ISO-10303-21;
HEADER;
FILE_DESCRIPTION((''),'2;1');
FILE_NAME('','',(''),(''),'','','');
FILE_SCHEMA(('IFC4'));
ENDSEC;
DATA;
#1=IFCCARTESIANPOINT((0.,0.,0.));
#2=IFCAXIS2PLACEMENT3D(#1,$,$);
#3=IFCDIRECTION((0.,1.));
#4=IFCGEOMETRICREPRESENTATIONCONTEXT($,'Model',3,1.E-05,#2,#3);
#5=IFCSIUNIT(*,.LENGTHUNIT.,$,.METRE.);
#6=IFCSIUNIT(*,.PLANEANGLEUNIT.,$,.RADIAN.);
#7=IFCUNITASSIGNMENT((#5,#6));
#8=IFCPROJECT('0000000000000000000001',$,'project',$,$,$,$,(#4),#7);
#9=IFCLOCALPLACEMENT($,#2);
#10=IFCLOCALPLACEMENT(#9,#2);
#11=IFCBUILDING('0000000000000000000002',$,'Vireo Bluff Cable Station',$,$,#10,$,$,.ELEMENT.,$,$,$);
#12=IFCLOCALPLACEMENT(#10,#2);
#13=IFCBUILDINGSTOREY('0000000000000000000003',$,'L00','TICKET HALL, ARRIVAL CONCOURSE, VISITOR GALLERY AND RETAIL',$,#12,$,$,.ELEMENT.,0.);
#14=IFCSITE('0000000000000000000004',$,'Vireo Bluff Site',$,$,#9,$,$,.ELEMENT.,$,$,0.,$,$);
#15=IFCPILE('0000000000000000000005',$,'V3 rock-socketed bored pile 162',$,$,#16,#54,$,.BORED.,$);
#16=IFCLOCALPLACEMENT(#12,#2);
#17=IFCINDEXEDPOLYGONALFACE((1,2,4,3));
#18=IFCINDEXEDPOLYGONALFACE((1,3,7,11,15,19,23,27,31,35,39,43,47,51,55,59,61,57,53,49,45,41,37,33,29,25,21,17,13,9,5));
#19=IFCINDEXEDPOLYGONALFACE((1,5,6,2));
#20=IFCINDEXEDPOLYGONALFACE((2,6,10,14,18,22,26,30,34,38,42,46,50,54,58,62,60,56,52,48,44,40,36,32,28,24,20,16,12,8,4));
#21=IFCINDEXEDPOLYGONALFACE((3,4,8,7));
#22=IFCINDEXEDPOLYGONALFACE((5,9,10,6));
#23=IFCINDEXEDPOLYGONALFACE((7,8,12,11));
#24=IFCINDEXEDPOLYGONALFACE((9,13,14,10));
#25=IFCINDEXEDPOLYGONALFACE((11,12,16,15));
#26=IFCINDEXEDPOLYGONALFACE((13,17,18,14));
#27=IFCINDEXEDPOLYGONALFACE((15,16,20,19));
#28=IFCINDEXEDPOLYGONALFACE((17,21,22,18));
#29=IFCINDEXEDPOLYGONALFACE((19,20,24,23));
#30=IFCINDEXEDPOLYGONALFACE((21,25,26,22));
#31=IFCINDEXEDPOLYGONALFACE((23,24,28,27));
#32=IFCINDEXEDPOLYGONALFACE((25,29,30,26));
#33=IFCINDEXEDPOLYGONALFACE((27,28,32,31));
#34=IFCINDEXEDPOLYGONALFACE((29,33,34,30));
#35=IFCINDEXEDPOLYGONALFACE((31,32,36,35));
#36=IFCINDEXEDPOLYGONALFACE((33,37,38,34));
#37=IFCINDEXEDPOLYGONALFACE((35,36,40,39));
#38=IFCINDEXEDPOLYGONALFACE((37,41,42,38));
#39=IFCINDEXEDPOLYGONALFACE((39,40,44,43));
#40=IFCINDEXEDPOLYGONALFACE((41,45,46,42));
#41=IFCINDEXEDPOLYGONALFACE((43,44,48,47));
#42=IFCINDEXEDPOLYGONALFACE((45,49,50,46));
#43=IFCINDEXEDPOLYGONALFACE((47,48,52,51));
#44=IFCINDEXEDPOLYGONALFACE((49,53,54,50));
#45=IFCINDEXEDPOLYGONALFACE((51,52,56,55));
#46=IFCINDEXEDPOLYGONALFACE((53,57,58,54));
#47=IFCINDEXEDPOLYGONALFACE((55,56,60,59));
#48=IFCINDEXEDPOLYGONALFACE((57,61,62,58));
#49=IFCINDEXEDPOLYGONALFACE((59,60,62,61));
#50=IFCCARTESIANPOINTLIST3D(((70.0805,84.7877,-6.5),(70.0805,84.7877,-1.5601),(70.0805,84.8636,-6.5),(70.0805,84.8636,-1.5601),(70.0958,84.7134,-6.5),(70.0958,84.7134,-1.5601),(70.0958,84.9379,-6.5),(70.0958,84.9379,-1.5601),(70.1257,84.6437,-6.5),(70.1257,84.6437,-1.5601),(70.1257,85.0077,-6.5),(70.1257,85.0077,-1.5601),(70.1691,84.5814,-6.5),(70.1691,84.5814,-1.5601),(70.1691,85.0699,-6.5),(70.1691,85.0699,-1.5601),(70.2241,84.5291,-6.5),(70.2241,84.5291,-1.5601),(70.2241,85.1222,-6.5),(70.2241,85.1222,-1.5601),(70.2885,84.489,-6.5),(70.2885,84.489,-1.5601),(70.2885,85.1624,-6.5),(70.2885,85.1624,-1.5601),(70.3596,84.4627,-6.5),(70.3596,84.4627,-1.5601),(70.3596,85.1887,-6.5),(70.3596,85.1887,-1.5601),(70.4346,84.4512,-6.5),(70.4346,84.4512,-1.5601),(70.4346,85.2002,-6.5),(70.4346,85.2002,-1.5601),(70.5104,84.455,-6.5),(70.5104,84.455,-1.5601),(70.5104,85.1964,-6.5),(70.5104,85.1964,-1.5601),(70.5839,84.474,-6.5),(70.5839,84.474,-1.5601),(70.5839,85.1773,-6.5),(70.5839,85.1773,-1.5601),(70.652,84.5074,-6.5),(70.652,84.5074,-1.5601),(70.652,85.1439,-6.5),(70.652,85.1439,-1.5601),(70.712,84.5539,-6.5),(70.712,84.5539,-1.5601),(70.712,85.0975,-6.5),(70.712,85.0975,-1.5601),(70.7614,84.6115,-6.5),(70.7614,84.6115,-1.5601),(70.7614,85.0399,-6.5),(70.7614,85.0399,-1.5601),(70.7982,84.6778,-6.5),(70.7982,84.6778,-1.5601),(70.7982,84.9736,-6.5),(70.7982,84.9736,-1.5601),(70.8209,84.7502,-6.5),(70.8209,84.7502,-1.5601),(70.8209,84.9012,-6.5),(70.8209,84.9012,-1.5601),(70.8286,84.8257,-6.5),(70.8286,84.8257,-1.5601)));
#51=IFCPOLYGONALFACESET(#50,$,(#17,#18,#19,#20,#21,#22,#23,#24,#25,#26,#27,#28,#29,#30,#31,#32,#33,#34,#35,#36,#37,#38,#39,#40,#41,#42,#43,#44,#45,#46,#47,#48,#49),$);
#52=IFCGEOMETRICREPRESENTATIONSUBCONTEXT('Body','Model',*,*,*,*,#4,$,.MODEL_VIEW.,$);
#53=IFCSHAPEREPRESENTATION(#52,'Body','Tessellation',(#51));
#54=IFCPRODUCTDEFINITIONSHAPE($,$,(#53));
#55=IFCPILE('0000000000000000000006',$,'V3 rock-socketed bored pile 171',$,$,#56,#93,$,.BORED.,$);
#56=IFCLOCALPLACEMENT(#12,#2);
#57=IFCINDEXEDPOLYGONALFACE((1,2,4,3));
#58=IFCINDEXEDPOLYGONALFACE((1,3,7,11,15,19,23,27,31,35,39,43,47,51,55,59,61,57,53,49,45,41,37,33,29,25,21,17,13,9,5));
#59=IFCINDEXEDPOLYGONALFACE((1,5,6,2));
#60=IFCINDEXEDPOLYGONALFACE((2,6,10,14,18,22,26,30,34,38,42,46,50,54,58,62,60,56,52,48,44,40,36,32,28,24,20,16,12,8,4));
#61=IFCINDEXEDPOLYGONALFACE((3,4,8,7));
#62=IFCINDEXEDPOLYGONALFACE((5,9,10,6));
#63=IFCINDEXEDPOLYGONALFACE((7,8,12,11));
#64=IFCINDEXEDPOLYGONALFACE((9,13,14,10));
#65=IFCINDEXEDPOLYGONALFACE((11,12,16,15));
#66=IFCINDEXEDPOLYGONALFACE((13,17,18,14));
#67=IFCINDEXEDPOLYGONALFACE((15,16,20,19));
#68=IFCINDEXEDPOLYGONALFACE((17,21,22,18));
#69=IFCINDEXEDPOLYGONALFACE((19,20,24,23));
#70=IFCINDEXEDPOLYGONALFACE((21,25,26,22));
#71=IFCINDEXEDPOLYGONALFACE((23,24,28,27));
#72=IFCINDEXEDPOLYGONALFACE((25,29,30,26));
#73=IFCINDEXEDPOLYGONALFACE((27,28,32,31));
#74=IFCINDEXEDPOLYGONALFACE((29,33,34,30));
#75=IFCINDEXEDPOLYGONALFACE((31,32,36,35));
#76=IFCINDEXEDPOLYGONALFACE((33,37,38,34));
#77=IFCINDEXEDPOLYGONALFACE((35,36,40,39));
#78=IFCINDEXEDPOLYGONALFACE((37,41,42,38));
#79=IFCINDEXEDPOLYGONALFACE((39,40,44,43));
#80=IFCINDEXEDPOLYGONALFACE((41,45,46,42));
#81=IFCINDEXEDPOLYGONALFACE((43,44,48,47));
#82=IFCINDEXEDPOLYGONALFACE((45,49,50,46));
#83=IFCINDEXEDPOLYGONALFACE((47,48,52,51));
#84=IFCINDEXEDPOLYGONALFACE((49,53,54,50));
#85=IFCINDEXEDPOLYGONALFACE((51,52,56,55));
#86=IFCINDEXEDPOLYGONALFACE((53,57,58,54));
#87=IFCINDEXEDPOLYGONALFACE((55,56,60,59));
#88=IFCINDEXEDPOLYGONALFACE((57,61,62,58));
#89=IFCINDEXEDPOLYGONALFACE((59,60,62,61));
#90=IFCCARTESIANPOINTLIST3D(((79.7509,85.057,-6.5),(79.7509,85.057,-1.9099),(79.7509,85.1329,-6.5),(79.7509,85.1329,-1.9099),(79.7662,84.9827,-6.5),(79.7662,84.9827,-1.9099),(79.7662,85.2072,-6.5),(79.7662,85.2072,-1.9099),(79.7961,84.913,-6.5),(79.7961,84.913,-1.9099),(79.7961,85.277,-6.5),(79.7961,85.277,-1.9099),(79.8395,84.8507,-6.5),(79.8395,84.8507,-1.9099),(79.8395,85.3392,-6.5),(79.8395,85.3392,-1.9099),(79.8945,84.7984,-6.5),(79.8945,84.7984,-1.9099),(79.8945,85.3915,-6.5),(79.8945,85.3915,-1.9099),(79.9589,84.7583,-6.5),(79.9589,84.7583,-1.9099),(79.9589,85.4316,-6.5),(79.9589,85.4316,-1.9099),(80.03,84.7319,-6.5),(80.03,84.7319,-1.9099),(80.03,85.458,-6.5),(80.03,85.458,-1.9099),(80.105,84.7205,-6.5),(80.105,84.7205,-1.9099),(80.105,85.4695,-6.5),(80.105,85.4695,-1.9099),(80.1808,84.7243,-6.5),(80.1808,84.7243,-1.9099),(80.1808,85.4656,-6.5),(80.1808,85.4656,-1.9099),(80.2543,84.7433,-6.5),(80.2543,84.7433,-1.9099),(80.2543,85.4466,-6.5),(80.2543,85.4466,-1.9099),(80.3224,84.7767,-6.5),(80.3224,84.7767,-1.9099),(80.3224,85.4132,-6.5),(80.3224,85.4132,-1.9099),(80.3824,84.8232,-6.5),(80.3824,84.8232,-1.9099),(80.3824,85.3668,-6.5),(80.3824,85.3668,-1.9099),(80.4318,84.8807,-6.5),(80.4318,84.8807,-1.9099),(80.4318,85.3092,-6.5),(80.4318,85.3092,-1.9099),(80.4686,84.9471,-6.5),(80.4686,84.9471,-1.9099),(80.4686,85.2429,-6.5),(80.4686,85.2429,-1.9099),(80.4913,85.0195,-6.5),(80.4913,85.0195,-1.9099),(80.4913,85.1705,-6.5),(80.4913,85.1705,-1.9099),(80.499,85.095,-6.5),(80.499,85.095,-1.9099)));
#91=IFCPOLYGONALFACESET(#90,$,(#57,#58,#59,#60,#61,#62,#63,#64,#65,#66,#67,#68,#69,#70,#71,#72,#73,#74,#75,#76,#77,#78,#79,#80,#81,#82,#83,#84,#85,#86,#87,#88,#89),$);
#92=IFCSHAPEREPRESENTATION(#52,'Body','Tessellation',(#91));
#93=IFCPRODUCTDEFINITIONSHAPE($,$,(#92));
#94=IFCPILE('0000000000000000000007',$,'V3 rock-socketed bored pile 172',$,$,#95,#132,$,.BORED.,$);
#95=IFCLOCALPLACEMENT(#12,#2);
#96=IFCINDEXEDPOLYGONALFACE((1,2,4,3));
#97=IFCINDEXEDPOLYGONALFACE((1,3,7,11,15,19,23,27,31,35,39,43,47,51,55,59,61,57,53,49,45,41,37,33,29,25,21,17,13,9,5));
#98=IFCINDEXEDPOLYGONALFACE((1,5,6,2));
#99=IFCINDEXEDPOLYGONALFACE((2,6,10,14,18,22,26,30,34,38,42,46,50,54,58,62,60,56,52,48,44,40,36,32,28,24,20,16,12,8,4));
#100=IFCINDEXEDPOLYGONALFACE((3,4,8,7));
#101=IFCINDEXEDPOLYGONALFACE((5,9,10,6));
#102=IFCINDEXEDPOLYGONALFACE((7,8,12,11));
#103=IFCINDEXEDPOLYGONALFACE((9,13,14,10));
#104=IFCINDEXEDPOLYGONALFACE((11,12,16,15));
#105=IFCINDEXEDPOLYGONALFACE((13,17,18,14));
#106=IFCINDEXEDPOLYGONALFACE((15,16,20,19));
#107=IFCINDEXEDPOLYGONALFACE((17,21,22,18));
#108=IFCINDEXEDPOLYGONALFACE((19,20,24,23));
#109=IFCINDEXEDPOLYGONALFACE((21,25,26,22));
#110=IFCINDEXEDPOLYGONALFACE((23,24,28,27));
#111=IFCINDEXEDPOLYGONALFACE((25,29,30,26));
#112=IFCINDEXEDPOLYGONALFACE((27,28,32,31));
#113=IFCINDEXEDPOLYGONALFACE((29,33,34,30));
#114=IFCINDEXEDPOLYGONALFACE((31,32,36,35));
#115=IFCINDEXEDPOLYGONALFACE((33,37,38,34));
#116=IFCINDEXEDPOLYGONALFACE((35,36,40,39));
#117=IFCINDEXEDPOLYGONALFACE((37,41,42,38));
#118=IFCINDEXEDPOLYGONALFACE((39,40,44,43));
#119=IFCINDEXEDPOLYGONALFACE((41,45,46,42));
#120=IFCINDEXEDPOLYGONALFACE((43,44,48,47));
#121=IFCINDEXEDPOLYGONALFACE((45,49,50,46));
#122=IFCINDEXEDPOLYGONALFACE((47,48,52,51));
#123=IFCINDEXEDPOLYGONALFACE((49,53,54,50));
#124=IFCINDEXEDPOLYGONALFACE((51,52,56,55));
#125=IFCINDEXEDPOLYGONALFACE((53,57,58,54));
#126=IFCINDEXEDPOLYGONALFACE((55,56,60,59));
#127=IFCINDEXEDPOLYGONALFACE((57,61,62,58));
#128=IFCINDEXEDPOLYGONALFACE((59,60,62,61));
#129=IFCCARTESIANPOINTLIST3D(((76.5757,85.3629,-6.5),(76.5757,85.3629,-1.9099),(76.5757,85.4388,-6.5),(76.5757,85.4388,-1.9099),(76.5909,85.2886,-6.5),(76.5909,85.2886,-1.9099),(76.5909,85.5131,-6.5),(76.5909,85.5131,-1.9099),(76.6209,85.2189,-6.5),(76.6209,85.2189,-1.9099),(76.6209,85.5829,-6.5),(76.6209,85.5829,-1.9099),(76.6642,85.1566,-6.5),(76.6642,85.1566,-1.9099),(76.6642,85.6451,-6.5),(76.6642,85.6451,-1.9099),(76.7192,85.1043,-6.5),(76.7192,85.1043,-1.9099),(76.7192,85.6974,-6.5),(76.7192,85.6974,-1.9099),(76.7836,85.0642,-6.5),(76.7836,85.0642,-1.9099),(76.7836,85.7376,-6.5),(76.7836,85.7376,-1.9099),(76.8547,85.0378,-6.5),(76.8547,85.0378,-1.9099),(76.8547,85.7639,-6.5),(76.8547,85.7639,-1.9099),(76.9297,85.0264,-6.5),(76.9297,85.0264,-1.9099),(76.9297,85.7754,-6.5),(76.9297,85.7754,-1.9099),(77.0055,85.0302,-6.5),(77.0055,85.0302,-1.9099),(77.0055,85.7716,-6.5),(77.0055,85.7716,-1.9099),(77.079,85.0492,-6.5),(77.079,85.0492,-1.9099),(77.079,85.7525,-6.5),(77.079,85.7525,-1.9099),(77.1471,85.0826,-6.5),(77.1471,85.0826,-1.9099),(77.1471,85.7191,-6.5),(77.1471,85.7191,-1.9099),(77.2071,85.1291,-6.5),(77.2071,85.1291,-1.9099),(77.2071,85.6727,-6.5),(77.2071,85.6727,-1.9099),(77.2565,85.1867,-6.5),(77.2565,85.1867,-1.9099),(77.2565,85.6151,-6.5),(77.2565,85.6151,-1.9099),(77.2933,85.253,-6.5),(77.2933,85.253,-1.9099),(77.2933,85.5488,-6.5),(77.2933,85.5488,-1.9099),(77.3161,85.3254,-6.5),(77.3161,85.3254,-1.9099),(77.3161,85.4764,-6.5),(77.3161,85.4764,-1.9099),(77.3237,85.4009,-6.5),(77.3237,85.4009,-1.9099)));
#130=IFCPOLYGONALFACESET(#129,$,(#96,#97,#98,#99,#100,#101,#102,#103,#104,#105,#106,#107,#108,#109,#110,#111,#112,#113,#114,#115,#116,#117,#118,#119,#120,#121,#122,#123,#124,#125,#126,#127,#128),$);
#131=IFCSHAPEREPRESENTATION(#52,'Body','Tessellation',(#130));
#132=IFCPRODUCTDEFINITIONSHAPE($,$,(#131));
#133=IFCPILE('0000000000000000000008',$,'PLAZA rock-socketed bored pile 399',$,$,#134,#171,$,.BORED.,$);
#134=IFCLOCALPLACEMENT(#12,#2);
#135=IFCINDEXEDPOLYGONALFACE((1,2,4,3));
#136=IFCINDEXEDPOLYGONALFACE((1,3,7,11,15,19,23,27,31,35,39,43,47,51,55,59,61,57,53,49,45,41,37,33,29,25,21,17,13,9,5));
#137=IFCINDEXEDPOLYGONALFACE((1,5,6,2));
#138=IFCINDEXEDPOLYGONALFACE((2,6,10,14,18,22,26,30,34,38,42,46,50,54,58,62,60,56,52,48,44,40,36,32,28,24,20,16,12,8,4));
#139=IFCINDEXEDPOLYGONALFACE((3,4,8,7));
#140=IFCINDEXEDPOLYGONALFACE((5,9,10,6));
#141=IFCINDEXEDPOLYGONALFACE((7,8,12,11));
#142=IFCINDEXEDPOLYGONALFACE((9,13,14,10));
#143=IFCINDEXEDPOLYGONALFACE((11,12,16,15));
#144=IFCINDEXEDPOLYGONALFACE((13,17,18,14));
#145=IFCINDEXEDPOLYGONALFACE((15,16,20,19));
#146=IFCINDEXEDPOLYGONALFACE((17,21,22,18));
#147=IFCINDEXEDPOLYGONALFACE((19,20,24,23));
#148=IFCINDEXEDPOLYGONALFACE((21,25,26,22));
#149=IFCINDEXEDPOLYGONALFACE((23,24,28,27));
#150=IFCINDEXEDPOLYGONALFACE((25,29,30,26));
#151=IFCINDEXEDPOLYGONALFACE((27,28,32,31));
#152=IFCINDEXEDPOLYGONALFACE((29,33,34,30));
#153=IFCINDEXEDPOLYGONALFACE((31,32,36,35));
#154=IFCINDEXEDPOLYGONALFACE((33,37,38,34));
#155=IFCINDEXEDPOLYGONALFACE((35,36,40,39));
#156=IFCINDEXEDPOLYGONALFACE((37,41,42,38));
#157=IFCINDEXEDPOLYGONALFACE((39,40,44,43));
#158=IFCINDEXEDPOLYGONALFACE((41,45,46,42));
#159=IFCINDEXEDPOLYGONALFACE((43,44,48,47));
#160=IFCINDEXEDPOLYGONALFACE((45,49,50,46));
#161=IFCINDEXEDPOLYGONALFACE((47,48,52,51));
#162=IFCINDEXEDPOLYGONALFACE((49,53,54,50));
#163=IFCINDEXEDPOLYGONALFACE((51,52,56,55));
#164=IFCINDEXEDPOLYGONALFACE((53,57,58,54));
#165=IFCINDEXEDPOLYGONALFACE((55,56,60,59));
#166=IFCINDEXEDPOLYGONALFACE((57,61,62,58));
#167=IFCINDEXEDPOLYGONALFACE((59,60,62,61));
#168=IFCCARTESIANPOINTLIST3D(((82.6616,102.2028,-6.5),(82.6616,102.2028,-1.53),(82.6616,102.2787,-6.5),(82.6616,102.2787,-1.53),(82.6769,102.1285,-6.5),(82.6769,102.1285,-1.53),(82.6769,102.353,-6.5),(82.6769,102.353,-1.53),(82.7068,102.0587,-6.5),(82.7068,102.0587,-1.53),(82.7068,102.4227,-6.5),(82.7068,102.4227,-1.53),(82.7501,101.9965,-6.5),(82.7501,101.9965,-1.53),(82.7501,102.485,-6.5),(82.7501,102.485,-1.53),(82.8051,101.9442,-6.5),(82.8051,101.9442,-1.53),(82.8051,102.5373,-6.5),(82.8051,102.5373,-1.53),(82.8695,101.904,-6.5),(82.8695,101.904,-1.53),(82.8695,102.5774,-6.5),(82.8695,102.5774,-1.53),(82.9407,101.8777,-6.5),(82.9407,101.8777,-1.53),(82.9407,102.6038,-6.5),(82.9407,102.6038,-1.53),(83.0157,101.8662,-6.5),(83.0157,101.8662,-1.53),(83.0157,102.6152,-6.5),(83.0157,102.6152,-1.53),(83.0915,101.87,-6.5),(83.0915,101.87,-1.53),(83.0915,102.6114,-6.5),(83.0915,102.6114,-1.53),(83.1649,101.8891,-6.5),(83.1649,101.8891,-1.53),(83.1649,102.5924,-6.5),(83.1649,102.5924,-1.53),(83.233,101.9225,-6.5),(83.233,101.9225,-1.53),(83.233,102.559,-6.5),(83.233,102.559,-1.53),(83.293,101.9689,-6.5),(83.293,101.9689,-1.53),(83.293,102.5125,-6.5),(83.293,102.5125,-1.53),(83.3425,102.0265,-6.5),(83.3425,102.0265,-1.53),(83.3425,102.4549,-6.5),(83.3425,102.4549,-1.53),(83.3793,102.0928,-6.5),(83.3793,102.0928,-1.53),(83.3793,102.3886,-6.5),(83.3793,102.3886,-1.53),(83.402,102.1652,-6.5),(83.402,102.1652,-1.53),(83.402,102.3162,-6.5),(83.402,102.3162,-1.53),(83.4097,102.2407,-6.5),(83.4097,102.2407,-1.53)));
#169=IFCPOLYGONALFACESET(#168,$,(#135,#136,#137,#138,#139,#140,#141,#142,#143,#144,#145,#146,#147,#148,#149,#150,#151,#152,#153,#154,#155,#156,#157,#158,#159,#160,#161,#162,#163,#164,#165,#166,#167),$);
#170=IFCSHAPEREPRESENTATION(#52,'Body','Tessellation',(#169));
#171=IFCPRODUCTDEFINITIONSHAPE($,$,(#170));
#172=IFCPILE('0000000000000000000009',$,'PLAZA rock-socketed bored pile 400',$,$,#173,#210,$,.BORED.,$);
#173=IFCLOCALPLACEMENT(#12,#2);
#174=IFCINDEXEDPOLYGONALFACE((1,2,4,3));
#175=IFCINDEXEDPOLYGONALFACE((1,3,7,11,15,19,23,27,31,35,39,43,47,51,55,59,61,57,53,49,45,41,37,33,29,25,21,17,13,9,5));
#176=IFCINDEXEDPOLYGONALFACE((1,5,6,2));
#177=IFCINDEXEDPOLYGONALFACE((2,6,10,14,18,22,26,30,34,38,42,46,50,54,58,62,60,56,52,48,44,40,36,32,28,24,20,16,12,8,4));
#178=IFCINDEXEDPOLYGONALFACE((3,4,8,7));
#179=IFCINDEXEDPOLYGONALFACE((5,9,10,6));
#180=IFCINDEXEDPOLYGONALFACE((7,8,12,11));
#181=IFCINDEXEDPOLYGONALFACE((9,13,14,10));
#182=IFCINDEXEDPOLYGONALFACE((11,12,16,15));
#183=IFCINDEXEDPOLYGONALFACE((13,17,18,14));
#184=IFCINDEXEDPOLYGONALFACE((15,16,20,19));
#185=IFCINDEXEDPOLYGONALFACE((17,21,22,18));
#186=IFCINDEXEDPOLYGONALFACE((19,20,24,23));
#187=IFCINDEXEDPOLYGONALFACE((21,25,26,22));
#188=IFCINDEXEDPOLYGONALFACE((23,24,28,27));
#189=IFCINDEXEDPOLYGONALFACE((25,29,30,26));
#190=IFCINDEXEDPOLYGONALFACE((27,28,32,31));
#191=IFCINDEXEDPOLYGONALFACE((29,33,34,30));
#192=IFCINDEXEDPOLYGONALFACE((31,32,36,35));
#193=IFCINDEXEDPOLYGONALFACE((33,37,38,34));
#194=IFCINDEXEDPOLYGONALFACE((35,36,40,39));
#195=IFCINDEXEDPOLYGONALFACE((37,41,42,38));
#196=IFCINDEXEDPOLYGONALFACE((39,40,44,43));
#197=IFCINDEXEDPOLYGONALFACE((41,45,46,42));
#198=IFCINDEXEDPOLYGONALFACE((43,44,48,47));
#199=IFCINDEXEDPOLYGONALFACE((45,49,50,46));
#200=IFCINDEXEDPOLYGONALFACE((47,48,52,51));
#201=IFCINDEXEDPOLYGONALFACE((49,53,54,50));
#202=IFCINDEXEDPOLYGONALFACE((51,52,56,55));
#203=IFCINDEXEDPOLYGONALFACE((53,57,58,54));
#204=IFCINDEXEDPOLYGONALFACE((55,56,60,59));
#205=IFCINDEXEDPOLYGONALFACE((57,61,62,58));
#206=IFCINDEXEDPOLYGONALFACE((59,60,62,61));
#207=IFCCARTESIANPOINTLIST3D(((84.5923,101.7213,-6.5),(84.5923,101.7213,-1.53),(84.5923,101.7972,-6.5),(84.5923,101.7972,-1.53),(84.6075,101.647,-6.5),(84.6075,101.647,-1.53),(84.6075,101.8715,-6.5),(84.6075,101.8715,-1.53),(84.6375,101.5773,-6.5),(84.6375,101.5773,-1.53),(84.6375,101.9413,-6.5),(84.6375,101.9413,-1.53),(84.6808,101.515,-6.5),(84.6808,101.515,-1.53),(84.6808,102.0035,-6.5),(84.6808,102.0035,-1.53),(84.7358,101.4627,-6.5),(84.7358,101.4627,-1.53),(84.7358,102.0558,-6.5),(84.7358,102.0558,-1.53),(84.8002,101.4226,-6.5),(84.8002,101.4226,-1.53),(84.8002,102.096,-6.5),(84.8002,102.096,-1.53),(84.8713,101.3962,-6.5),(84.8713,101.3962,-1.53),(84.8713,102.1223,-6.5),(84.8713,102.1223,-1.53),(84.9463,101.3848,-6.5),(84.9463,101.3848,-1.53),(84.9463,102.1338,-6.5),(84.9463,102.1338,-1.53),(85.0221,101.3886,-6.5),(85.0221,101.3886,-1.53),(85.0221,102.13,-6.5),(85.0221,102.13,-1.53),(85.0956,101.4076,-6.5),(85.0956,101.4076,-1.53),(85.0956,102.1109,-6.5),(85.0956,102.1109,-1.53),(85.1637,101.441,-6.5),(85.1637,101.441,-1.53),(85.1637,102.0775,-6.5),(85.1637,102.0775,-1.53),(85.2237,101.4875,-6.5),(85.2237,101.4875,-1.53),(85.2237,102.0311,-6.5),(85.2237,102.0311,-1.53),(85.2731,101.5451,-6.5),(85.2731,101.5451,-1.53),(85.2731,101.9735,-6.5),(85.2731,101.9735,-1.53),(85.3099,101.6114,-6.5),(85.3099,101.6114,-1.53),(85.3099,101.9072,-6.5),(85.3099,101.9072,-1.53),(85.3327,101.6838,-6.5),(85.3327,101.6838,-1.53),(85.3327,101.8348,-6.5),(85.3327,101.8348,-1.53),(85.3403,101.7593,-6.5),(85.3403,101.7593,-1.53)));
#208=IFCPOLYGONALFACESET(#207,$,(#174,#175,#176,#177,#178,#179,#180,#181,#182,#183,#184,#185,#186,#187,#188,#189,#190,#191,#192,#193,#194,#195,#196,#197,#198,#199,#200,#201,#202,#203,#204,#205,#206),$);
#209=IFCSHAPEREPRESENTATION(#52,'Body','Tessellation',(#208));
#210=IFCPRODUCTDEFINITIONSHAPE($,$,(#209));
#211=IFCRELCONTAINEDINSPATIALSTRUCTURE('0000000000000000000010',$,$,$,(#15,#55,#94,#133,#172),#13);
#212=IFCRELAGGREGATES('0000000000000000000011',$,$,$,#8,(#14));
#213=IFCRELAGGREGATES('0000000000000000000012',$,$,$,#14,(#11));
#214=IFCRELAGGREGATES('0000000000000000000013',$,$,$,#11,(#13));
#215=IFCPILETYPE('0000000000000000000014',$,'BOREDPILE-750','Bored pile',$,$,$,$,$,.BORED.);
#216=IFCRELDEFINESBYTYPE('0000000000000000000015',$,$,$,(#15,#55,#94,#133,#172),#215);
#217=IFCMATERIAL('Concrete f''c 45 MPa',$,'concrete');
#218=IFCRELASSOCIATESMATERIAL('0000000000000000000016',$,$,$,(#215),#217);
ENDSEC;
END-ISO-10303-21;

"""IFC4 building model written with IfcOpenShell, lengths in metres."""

from ifc_helpers import new_model, si_unit, direction, frame, origin, origin_2d, place, context, subcontext, project, spatial, circle, extrude, material, material_profile, profile_set, type_object, element, save


model = new_model("IFC4")

# Units and contexts
model_context = context("Model", 3, precision=1e-05, world=origin(), true_north=direction((0.0, 1.0)))
body_context = subcontext(model_context, "Body", "Model", "MODEL_VIEW")
ifc_project = project(units=[si_unit("LENGTHUNIT", "METRE"), si_unit("PLANEANGLEUNIT", "RADIAN")], contexts=[model_context])

# Site, building, storey
site_placement = place(None, origin())
site = spatial("IfcSite", under=ifc_project, at=site_placement, Name="Vireo Bluff Site", CompositionType="ELEMENT", RefElevation=0.0)
building_placement = place(site_placement, origin())
building = spatial("IfcBuilding", under=site, at=building_placement, Name="Vireo Bluff Cable Station", CompositionType="ELEMENT")
storey_placement = place(building_placement, origin())
storey = spatial("IfcBuildingStorey", under=building, at=storey_placement, Name="L00", Description="TICKET HALL, ARRIVAL CONCOURSE, VISITOR GALLERY AND RETAIL", CompositionType="ELEMENT", Elevation=0.0)

# Piles
ifc_material_1 = material(Name="Concrete f'c 45 MPa", Category="concrete")
ifc_material_profile_1 = material_profile(ifc_material_1, circle(Radius=0.375, at=origin_2d()), Name="BOREDPILE-750")
ifc_profile_set_1 = profile_set([ifc_material_profile_1], Name="Concrete f'c 45 MPa")
pile_type = type_object("IfcPileType", Name="BOREDPILE-750", Description="Bored pile", PredefinedType="BORED", material=ifc_profile_set_1)
pile_placement = place(storey_placement, frame((70.4536, 84.8257, -1.5601), z_axis=(0.0, 0.0, -1.0), x_axis=(1.0, 0.0, 0.0)))
element("IfcPile", 1, at=pile_placement, inside=storey, type_object=pile_type, Name="V3 rock-socketed bored pile 162", PredefinedType="BORED", context=body_context, shape_type="SweptSolid", body=[
    extrude(circle(Radius=0.375, at=origin_2d()), origin(), (0.0, 0.0, 1.0), 4.9399),
])
for number, where, z_axis, x_axis, name in (
    (2, (80.124, 85.095, -1.9099), (0.0, 0.0, -1.0), (1.0, 0.0, 0.0), "V3 rock-socketed bored pile 171"),
    (3, (76.9487, 85.4009, -1.9099), (0.0, 0.0, -1.0), (1.0, 0.0, 0.0), "V3 rock-socketed bored pile 172"),
):
    element("IfcPile", number, at=place(storey_placement, frame(where, z_axis=z_axis, x_axis=x_axis)), inside=storey, type_object=pile_type, Name=name, PredefinedType="BORED", context=body_context, shape_type="SweptSolid", body=[
        extrude(circle(Radius=0.375, at=origin_2d()), origin(), (0.0, 0.0, 1.0), 4.5901),
    ])
for number, where, z_axis, x_axis, name in (
    (4, (83.0347, 102.2407, -1.53), (0.0, 0.0, -1.0), (1.0, 0.0, 0.0), "PLAZA rock-socketed bored pile 399"),
    (5, (84.9653, 101.7593, -1.53), (0.0, 0.0, -1.0), (1.0, 0.0, 0.0), "PLAZA rock-socketed bored pile 400"),
):
    element("IfcPile", number, at=place(storey_placement, frame(where, z_axis=z_axis, x_axis=x_axis)), inside=storey, type_object=pile_type, Name=name, PredefinedType="BORED", context=body_context, shape_type="SweptSolid", body=[
        extrude(circle(Radius=0.375, at=origin_2d()), origin(), (0.0, 0.0, 1.0), 4.97),
    ])

save(model, "model.ifc")
